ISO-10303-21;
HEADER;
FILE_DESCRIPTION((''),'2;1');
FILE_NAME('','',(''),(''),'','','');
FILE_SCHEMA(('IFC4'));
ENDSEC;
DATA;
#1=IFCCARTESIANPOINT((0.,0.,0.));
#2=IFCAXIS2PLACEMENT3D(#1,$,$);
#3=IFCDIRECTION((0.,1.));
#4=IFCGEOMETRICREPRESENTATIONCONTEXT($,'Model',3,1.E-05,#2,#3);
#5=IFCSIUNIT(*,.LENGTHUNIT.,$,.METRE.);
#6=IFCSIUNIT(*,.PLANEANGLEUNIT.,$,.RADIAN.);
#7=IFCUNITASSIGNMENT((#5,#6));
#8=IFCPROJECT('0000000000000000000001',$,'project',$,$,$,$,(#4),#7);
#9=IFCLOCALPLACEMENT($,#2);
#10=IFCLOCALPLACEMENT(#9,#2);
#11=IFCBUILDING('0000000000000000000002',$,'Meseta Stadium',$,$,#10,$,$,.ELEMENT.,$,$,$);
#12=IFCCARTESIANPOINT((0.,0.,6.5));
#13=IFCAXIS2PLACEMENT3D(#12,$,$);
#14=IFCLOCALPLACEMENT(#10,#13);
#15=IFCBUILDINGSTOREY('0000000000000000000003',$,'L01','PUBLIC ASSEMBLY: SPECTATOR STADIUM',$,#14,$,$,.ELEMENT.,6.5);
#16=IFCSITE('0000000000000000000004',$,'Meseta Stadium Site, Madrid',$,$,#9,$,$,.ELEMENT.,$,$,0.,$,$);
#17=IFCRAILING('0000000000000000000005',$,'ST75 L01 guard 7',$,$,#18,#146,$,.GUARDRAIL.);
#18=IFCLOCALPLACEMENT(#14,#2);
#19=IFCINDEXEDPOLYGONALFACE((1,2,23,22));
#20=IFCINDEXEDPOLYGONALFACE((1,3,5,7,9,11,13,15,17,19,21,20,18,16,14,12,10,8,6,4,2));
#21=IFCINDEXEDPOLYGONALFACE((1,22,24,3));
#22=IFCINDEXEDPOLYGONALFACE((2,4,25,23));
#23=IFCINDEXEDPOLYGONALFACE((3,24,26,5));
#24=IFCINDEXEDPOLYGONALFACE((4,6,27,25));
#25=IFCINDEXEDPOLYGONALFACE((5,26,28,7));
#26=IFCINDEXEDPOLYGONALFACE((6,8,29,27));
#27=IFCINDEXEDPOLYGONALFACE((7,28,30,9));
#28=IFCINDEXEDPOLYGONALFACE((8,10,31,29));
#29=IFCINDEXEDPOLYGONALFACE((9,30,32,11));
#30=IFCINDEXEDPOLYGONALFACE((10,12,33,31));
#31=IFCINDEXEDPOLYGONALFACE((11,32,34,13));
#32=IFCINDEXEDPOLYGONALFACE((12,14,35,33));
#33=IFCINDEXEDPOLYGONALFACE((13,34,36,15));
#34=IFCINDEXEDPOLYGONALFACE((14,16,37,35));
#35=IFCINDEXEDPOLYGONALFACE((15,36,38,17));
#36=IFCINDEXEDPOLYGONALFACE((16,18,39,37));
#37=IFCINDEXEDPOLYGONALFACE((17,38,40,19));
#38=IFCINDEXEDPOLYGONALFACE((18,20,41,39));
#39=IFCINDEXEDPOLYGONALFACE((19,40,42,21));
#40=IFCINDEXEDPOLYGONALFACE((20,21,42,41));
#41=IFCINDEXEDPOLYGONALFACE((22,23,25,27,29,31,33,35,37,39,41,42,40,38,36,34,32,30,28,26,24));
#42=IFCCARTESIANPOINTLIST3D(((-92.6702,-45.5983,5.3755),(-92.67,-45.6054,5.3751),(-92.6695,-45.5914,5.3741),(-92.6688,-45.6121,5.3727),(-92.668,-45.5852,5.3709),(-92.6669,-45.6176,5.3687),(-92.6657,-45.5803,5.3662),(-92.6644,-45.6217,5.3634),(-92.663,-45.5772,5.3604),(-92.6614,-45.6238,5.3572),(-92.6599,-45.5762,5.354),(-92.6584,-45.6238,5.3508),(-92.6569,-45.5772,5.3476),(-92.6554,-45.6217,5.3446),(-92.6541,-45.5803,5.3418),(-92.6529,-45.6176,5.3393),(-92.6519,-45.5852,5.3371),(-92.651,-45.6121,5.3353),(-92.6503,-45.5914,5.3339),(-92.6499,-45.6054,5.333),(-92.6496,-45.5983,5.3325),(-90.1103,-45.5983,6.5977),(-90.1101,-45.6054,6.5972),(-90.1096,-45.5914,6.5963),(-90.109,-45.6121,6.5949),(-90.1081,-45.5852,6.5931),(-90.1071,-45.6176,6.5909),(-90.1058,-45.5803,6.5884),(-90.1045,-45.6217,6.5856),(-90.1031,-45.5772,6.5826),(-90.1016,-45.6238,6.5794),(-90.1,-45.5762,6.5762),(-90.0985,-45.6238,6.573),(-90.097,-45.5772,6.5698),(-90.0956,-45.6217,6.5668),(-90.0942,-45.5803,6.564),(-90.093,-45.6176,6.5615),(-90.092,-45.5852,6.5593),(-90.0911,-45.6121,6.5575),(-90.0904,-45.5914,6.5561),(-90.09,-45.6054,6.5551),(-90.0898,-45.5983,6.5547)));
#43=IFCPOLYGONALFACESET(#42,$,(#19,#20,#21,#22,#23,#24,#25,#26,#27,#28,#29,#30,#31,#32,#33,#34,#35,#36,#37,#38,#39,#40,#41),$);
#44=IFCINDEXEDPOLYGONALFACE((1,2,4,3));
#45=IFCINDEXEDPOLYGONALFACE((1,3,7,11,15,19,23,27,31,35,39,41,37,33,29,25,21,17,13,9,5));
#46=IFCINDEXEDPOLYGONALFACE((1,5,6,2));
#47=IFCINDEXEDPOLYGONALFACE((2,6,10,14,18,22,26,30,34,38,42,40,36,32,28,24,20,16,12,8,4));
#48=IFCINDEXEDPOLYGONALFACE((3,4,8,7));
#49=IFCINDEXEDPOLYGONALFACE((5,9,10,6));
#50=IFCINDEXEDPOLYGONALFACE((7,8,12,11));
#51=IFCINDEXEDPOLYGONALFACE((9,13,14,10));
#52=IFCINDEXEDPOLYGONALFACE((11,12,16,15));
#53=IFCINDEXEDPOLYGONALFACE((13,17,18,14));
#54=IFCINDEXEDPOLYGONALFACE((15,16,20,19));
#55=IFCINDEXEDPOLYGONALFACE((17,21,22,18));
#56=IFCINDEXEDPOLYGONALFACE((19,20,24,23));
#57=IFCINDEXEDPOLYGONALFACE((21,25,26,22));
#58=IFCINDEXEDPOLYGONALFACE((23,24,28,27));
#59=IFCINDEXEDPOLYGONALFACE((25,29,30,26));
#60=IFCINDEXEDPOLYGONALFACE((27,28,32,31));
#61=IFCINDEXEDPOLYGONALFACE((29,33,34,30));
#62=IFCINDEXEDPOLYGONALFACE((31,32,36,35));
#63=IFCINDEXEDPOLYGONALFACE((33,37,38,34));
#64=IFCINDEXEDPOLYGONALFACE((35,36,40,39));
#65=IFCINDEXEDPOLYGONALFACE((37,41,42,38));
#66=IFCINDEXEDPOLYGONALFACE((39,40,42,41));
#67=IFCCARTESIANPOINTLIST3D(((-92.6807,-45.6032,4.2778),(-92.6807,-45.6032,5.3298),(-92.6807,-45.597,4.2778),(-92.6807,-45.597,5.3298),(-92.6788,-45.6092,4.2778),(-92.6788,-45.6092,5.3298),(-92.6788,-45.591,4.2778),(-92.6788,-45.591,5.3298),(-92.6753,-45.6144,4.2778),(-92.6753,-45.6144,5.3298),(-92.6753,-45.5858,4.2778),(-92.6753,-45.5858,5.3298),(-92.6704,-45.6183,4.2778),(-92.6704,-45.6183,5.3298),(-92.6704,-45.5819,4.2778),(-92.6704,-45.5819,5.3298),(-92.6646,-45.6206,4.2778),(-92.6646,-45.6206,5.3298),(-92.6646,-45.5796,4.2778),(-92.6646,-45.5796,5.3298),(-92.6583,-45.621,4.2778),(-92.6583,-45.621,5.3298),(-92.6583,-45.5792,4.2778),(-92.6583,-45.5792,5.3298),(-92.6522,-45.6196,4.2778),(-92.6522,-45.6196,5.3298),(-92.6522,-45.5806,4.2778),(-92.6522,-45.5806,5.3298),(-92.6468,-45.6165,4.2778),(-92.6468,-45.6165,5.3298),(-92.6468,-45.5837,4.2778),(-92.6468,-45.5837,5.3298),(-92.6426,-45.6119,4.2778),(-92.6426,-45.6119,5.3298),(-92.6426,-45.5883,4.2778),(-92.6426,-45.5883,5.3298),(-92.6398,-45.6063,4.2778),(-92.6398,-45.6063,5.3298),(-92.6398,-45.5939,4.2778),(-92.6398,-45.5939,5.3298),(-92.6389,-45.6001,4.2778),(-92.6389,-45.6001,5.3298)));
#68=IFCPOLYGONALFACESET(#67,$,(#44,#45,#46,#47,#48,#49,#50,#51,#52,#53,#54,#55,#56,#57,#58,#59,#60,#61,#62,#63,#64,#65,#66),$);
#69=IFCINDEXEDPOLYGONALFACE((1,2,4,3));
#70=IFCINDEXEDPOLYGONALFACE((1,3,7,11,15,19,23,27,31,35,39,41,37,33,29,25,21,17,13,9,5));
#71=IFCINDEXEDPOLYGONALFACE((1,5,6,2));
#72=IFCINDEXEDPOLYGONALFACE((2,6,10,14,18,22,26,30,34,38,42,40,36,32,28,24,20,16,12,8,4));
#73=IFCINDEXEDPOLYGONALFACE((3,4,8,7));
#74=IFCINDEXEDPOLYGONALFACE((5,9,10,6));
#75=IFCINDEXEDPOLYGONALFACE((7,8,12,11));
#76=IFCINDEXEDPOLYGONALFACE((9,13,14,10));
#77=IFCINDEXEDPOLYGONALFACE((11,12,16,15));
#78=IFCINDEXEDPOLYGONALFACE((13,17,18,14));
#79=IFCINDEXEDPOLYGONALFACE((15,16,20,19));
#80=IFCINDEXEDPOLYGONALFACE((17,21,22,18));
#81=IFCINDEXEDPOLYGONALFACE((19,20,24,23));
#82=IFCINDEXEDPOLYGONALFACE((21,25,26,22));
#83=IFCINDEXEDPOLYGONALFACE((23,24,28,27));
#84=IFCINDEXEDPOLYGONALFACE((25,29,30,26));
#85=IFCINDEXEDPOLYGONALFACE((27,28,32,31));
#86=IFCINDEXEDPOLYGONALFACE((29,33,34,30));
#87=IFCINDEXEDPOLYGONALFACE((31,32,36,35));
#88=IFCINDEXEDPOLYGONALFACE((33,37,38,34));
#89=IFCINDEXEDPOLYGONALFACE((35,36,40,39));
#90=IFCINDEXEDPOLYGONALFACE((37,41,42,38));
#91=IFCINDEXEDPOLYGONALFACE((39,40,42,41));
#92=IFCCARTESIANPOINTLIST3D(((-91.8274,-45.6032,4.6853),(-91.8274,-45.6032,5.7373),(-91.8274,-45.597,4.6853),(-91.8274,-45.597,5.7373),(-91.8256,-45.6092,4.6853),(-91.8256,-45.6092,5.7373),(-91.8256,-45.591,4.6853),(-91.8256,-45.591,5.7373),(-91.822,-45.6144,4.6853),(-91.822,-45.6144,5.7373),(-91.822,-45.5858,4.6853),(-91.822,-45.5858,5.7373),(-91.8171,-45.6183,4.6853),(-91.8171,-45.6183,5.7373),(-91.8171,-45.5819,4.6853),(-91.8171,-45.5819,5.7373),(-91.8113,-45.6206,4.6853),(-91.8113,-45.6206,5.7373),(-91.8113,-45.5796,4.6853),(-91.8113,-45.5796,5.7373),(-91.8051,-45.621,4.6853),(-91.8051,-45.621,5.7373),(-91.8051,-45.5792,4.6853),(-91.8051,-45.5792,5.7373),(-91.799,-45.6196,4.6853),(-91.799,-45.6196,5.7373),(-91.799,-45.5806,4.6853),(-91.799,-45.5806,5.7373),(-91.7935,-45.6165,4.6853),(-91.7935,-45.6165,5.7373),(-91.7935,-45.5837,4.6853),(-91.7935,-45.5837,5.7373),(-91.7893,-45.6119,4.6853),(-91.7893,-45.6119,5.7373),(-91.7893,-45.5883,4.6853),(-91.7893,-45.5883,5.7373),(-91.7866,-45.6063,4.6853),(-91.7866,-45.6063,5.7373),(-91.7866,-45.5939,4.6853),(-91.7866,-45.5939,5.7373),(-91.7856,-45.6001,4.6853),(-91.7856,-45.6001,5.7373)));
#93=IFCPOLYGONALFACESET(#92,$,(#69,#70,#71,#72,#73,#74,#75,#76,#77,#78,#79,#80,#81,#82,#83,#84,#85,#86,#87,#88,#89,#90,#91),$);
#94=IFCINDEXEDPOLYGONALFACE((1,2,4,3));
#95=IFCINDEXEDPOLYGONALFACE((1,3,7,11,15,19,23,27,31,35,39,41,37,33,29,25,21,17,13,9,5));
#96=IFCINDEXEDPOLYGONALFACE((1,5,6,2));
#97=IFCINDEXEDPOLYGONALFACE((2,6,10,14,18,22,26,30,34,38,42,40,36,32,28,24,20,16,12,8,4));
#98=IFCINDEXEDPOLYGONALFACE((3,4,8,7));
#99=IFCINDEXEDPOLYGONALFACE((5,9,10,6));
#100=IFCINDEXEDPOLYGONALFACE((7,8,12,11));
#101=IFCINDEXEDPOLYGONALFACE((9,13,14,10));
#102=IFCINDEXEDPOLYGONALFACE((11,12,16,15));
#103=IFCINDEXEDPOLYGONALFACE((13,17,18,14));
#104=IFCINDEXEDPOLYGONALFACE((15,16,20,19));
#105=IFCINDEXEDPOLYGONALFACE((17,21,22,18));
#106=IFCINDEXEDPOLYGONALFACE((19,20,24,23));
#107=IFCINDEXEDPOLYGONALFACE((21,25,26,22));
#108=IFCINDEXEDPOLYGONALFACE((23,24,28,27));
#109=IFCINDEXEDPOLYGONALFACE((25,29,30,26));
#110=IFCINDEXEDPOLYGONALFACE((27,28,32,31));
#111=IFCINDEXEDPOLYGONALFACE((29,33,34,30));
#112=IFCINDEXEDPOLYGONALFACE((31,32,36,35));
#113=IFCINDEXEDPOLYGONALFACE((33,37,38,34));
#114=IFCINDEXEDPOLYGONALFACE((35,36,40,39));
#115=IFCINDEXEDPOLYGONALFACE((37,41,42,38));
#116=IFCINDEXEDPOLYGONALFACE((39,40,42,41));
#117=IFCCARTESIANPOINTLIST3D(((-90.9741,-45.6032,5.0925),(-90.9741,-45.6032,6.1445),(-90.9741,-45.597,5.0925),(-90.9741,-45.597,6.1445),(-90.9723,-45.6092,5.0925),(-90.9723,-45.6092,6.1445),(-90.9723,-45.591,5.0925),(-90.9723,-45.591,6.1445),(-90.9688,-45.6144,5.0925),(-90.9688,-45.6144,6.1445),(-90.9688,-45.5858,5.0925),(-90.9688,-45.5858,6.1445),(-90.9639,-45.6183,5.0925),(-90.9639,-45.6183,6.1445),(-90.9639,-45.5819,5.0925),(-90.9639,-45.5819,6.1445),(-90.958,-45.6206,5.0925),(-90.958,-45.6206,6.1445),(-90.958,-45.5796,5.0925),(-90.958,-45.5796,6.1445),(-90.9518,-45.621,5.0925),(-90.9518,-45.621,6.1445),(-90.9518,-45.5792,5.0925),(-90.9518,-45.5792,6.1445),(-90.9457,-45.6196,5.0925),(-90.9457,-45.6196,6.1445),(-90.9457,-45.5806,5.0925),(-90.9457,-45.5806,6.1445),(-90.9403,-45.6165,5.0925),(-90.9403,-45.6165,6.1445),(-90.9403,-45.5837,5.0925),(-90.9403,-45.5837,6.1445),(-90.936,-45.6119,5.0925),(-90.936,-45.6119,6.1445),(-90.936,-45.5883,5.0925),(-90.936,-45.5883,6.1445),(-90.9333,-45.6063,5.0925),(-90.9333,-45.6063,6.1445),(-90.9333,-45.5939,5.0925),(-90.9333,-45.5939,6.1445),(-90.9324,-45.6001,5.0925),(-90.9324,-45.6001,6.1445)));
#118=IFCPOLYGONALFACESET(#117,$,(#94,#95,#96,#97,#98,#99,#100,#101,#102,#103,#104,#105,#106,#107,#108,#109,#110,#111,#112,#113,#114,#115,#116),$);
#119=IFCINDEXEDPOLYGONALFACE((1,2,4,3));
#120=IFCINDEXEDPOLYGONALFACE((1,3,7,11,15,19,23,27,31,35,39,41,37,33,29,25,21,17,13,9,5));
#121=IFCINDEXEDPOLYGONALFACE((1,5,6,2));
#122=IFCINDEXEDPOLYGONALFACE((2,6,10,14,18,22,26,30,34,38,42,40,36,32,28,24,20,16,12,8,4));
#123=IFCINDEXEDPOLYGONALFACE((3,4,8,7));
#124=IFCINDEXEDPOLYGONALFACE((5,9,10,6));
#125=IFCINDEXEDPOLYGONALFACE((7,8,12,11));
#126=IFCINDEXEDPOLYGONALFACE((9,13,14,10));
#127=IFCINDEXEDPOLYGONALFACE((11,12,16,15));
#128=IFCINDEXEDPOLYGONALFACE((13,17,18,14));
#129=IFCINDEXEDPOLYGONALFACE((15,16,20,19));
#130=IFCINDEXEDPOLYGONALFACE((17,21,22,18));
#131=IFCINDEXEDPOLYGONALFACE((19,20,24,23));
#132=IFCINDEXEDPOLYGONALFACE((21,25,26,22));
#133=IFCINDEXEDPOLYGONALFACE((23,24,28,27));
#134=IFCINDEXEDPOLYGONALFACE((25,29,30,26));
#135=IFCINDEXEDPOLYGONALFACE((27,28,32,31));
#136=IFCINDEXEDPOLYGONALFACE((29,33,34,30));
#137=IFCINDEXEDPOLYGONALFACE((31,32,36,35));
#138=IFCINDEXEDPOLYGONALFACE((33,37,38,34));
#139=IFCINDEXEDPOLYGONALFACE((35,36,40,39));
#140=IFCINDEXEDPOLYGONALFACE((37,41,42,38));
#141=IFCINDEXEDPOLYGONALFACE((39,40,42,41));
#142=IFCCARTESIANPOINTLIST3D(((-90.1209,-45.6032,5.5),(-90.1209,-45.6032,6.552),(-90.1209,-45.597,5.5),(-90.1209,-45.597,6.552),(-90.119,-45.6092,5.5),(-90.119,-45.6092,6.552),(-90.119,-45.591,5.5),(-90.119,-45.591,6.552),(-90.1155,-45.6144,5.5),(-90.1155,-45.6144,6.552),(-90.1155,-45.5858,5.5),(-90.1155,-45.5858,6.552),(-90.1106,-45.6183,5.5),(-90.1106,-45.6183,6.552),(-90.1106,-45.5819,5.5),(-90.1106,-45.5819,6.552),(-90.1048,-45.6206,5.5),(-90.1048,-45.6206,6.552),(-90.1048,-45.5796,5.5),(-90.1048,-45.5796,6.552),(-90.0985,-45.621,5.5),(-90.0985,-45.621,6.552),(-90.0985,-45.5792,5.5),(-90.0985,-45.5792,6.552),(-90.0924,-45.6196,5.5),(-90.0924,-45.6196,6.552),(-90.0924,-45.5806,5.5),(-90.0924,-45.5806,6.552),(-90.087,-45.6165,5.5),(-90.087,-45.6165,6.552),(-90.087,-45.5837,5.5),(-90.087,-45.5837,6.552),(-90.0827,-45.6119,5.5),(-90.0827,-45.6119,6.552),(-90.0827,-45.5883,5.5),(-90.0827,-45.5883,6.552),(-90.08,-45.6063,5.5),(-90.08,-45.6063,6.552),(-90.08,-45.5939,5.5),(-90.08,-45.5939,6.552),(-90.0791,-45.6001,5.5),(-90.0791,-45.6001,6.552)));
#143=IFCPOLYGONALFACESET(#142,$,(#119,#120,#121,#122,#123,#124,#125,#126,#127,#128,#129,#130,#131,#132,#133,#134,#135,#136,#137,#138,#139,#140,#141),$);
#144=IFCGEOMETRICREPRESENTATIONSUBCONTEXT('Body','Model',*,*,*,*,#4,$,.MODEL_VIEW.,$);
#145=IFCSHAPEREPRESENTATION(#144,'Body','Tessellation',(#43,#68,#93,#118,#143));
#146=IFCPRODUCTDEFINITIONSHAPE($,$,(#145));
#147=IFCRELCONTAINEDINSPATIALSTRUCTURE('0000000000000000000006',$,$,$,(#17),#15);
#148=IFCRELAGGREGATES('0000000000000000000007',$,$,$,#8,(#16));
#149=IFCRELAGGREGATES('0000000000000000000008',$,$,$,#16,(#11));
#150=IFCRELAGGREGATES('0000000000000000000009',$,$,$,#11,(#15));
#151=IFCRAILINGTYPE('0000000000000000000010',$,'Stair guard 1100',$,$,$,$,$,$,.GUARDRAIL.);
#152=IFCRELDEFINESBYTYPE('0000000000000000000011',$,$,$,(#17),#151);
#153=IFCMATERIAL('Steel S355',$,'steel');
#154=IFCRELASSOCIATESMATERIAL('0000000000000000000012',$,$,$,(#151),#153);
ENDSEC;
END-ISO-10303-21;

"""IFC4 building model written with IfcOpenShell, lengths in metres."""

from ifc_helpers import new_model, si_unit, direction, frame, origin, origin_2d, place, context, subcontext, project, spatial, circle, extrude, material, type_object, element, save


model = new_model("IFC4")

# Units and contexts
model_context = context("Model", 3, precision=1e-05, world=origin(), true_north=direction((0.0, 1.0)))
body_context = subcontext(model_context, "Body", "Model", "MODEL_VIEW")
ifc_project = project(units=[si_unit("LENGTHUNIT", "METRE"), si_unit("PLANEANGLEUNIT", "RADIAN")], contexts=[model_context])

# Site, building, storey
site_placement = place(None, origin())
site = spatial("IfcSite", under=ifc_project, at=site_placement, Name="Meseta Stadium Site, Madrid", CompositionType="ELEMENT", RefElevation=0.0)
building_placement = place(site_placement, origin())
building = spatial("IfcBuilding", under=site, at=building_placement, Name="Meseta Stadium", CompositionType="ELEMENT")
storey_placement = place(building_placement, frame((0.0, 0.0, 6.5)))
storey = spatial("IfcBuildingStorey", under=building, at=storey_placement, Name="L01", Description="PUBLIC ASSEMBLY: SPECTATOR STADIUM", CompositionType="ELEMENT", Elevation=6.5)

# Railing
ifc_material_1 = material(Name="Steel S355", Category="steel")
railing_type_1 = type_object("IfcRailingType", Name="Stair guard 1100", PredefinedType="GUARDRAIL", material=ifc_material_1)
railing_1_placement = place(storey_placement, frame((-92.6599, -45.6001, 4.2778)))
element("IfcRailing", 1, at=railing_1_placement, inside=storey, type_object=railing_type_1, Name="ST75 L01 guard 7", PredefinedType="GUARDRAIL", context=body_context, shape_type="SweptSolid", body=[
    extrude(circle(Radius=0.0239, at=origin_2d()), frame((0.0, 0.0, 1.0762), z_axis=(0.902421, 0.0, 0.430855), x_axis=(0.0, 1.0, 0.0)), (0.0, 0.0, 1.0), 2.8367),
    extrude(circle(Radius=0.021, at=origin_2d()), origin(), (0.0, 0.0, 1.0), 1.052),
    extrude(circle(Radius=0.021, at=origin_2d()), frame((0.8533, 0.0, 0.4075)), (0.0, 0.0, 1.0), 1.052),
    extrude(circle(Radius=0.021, at=origin_2d()), frame((1.7065, 0.0, 0.8147)), (0.0, 0.0, 1.0), 1.052),
    extrude(circle(Radius=0.021, at=origin_2d()), frame((2.5598, 0.0, 1.2222)), (0.0, 0.0, 1.0), 1.052),
])

save(model, "model.ifc")
